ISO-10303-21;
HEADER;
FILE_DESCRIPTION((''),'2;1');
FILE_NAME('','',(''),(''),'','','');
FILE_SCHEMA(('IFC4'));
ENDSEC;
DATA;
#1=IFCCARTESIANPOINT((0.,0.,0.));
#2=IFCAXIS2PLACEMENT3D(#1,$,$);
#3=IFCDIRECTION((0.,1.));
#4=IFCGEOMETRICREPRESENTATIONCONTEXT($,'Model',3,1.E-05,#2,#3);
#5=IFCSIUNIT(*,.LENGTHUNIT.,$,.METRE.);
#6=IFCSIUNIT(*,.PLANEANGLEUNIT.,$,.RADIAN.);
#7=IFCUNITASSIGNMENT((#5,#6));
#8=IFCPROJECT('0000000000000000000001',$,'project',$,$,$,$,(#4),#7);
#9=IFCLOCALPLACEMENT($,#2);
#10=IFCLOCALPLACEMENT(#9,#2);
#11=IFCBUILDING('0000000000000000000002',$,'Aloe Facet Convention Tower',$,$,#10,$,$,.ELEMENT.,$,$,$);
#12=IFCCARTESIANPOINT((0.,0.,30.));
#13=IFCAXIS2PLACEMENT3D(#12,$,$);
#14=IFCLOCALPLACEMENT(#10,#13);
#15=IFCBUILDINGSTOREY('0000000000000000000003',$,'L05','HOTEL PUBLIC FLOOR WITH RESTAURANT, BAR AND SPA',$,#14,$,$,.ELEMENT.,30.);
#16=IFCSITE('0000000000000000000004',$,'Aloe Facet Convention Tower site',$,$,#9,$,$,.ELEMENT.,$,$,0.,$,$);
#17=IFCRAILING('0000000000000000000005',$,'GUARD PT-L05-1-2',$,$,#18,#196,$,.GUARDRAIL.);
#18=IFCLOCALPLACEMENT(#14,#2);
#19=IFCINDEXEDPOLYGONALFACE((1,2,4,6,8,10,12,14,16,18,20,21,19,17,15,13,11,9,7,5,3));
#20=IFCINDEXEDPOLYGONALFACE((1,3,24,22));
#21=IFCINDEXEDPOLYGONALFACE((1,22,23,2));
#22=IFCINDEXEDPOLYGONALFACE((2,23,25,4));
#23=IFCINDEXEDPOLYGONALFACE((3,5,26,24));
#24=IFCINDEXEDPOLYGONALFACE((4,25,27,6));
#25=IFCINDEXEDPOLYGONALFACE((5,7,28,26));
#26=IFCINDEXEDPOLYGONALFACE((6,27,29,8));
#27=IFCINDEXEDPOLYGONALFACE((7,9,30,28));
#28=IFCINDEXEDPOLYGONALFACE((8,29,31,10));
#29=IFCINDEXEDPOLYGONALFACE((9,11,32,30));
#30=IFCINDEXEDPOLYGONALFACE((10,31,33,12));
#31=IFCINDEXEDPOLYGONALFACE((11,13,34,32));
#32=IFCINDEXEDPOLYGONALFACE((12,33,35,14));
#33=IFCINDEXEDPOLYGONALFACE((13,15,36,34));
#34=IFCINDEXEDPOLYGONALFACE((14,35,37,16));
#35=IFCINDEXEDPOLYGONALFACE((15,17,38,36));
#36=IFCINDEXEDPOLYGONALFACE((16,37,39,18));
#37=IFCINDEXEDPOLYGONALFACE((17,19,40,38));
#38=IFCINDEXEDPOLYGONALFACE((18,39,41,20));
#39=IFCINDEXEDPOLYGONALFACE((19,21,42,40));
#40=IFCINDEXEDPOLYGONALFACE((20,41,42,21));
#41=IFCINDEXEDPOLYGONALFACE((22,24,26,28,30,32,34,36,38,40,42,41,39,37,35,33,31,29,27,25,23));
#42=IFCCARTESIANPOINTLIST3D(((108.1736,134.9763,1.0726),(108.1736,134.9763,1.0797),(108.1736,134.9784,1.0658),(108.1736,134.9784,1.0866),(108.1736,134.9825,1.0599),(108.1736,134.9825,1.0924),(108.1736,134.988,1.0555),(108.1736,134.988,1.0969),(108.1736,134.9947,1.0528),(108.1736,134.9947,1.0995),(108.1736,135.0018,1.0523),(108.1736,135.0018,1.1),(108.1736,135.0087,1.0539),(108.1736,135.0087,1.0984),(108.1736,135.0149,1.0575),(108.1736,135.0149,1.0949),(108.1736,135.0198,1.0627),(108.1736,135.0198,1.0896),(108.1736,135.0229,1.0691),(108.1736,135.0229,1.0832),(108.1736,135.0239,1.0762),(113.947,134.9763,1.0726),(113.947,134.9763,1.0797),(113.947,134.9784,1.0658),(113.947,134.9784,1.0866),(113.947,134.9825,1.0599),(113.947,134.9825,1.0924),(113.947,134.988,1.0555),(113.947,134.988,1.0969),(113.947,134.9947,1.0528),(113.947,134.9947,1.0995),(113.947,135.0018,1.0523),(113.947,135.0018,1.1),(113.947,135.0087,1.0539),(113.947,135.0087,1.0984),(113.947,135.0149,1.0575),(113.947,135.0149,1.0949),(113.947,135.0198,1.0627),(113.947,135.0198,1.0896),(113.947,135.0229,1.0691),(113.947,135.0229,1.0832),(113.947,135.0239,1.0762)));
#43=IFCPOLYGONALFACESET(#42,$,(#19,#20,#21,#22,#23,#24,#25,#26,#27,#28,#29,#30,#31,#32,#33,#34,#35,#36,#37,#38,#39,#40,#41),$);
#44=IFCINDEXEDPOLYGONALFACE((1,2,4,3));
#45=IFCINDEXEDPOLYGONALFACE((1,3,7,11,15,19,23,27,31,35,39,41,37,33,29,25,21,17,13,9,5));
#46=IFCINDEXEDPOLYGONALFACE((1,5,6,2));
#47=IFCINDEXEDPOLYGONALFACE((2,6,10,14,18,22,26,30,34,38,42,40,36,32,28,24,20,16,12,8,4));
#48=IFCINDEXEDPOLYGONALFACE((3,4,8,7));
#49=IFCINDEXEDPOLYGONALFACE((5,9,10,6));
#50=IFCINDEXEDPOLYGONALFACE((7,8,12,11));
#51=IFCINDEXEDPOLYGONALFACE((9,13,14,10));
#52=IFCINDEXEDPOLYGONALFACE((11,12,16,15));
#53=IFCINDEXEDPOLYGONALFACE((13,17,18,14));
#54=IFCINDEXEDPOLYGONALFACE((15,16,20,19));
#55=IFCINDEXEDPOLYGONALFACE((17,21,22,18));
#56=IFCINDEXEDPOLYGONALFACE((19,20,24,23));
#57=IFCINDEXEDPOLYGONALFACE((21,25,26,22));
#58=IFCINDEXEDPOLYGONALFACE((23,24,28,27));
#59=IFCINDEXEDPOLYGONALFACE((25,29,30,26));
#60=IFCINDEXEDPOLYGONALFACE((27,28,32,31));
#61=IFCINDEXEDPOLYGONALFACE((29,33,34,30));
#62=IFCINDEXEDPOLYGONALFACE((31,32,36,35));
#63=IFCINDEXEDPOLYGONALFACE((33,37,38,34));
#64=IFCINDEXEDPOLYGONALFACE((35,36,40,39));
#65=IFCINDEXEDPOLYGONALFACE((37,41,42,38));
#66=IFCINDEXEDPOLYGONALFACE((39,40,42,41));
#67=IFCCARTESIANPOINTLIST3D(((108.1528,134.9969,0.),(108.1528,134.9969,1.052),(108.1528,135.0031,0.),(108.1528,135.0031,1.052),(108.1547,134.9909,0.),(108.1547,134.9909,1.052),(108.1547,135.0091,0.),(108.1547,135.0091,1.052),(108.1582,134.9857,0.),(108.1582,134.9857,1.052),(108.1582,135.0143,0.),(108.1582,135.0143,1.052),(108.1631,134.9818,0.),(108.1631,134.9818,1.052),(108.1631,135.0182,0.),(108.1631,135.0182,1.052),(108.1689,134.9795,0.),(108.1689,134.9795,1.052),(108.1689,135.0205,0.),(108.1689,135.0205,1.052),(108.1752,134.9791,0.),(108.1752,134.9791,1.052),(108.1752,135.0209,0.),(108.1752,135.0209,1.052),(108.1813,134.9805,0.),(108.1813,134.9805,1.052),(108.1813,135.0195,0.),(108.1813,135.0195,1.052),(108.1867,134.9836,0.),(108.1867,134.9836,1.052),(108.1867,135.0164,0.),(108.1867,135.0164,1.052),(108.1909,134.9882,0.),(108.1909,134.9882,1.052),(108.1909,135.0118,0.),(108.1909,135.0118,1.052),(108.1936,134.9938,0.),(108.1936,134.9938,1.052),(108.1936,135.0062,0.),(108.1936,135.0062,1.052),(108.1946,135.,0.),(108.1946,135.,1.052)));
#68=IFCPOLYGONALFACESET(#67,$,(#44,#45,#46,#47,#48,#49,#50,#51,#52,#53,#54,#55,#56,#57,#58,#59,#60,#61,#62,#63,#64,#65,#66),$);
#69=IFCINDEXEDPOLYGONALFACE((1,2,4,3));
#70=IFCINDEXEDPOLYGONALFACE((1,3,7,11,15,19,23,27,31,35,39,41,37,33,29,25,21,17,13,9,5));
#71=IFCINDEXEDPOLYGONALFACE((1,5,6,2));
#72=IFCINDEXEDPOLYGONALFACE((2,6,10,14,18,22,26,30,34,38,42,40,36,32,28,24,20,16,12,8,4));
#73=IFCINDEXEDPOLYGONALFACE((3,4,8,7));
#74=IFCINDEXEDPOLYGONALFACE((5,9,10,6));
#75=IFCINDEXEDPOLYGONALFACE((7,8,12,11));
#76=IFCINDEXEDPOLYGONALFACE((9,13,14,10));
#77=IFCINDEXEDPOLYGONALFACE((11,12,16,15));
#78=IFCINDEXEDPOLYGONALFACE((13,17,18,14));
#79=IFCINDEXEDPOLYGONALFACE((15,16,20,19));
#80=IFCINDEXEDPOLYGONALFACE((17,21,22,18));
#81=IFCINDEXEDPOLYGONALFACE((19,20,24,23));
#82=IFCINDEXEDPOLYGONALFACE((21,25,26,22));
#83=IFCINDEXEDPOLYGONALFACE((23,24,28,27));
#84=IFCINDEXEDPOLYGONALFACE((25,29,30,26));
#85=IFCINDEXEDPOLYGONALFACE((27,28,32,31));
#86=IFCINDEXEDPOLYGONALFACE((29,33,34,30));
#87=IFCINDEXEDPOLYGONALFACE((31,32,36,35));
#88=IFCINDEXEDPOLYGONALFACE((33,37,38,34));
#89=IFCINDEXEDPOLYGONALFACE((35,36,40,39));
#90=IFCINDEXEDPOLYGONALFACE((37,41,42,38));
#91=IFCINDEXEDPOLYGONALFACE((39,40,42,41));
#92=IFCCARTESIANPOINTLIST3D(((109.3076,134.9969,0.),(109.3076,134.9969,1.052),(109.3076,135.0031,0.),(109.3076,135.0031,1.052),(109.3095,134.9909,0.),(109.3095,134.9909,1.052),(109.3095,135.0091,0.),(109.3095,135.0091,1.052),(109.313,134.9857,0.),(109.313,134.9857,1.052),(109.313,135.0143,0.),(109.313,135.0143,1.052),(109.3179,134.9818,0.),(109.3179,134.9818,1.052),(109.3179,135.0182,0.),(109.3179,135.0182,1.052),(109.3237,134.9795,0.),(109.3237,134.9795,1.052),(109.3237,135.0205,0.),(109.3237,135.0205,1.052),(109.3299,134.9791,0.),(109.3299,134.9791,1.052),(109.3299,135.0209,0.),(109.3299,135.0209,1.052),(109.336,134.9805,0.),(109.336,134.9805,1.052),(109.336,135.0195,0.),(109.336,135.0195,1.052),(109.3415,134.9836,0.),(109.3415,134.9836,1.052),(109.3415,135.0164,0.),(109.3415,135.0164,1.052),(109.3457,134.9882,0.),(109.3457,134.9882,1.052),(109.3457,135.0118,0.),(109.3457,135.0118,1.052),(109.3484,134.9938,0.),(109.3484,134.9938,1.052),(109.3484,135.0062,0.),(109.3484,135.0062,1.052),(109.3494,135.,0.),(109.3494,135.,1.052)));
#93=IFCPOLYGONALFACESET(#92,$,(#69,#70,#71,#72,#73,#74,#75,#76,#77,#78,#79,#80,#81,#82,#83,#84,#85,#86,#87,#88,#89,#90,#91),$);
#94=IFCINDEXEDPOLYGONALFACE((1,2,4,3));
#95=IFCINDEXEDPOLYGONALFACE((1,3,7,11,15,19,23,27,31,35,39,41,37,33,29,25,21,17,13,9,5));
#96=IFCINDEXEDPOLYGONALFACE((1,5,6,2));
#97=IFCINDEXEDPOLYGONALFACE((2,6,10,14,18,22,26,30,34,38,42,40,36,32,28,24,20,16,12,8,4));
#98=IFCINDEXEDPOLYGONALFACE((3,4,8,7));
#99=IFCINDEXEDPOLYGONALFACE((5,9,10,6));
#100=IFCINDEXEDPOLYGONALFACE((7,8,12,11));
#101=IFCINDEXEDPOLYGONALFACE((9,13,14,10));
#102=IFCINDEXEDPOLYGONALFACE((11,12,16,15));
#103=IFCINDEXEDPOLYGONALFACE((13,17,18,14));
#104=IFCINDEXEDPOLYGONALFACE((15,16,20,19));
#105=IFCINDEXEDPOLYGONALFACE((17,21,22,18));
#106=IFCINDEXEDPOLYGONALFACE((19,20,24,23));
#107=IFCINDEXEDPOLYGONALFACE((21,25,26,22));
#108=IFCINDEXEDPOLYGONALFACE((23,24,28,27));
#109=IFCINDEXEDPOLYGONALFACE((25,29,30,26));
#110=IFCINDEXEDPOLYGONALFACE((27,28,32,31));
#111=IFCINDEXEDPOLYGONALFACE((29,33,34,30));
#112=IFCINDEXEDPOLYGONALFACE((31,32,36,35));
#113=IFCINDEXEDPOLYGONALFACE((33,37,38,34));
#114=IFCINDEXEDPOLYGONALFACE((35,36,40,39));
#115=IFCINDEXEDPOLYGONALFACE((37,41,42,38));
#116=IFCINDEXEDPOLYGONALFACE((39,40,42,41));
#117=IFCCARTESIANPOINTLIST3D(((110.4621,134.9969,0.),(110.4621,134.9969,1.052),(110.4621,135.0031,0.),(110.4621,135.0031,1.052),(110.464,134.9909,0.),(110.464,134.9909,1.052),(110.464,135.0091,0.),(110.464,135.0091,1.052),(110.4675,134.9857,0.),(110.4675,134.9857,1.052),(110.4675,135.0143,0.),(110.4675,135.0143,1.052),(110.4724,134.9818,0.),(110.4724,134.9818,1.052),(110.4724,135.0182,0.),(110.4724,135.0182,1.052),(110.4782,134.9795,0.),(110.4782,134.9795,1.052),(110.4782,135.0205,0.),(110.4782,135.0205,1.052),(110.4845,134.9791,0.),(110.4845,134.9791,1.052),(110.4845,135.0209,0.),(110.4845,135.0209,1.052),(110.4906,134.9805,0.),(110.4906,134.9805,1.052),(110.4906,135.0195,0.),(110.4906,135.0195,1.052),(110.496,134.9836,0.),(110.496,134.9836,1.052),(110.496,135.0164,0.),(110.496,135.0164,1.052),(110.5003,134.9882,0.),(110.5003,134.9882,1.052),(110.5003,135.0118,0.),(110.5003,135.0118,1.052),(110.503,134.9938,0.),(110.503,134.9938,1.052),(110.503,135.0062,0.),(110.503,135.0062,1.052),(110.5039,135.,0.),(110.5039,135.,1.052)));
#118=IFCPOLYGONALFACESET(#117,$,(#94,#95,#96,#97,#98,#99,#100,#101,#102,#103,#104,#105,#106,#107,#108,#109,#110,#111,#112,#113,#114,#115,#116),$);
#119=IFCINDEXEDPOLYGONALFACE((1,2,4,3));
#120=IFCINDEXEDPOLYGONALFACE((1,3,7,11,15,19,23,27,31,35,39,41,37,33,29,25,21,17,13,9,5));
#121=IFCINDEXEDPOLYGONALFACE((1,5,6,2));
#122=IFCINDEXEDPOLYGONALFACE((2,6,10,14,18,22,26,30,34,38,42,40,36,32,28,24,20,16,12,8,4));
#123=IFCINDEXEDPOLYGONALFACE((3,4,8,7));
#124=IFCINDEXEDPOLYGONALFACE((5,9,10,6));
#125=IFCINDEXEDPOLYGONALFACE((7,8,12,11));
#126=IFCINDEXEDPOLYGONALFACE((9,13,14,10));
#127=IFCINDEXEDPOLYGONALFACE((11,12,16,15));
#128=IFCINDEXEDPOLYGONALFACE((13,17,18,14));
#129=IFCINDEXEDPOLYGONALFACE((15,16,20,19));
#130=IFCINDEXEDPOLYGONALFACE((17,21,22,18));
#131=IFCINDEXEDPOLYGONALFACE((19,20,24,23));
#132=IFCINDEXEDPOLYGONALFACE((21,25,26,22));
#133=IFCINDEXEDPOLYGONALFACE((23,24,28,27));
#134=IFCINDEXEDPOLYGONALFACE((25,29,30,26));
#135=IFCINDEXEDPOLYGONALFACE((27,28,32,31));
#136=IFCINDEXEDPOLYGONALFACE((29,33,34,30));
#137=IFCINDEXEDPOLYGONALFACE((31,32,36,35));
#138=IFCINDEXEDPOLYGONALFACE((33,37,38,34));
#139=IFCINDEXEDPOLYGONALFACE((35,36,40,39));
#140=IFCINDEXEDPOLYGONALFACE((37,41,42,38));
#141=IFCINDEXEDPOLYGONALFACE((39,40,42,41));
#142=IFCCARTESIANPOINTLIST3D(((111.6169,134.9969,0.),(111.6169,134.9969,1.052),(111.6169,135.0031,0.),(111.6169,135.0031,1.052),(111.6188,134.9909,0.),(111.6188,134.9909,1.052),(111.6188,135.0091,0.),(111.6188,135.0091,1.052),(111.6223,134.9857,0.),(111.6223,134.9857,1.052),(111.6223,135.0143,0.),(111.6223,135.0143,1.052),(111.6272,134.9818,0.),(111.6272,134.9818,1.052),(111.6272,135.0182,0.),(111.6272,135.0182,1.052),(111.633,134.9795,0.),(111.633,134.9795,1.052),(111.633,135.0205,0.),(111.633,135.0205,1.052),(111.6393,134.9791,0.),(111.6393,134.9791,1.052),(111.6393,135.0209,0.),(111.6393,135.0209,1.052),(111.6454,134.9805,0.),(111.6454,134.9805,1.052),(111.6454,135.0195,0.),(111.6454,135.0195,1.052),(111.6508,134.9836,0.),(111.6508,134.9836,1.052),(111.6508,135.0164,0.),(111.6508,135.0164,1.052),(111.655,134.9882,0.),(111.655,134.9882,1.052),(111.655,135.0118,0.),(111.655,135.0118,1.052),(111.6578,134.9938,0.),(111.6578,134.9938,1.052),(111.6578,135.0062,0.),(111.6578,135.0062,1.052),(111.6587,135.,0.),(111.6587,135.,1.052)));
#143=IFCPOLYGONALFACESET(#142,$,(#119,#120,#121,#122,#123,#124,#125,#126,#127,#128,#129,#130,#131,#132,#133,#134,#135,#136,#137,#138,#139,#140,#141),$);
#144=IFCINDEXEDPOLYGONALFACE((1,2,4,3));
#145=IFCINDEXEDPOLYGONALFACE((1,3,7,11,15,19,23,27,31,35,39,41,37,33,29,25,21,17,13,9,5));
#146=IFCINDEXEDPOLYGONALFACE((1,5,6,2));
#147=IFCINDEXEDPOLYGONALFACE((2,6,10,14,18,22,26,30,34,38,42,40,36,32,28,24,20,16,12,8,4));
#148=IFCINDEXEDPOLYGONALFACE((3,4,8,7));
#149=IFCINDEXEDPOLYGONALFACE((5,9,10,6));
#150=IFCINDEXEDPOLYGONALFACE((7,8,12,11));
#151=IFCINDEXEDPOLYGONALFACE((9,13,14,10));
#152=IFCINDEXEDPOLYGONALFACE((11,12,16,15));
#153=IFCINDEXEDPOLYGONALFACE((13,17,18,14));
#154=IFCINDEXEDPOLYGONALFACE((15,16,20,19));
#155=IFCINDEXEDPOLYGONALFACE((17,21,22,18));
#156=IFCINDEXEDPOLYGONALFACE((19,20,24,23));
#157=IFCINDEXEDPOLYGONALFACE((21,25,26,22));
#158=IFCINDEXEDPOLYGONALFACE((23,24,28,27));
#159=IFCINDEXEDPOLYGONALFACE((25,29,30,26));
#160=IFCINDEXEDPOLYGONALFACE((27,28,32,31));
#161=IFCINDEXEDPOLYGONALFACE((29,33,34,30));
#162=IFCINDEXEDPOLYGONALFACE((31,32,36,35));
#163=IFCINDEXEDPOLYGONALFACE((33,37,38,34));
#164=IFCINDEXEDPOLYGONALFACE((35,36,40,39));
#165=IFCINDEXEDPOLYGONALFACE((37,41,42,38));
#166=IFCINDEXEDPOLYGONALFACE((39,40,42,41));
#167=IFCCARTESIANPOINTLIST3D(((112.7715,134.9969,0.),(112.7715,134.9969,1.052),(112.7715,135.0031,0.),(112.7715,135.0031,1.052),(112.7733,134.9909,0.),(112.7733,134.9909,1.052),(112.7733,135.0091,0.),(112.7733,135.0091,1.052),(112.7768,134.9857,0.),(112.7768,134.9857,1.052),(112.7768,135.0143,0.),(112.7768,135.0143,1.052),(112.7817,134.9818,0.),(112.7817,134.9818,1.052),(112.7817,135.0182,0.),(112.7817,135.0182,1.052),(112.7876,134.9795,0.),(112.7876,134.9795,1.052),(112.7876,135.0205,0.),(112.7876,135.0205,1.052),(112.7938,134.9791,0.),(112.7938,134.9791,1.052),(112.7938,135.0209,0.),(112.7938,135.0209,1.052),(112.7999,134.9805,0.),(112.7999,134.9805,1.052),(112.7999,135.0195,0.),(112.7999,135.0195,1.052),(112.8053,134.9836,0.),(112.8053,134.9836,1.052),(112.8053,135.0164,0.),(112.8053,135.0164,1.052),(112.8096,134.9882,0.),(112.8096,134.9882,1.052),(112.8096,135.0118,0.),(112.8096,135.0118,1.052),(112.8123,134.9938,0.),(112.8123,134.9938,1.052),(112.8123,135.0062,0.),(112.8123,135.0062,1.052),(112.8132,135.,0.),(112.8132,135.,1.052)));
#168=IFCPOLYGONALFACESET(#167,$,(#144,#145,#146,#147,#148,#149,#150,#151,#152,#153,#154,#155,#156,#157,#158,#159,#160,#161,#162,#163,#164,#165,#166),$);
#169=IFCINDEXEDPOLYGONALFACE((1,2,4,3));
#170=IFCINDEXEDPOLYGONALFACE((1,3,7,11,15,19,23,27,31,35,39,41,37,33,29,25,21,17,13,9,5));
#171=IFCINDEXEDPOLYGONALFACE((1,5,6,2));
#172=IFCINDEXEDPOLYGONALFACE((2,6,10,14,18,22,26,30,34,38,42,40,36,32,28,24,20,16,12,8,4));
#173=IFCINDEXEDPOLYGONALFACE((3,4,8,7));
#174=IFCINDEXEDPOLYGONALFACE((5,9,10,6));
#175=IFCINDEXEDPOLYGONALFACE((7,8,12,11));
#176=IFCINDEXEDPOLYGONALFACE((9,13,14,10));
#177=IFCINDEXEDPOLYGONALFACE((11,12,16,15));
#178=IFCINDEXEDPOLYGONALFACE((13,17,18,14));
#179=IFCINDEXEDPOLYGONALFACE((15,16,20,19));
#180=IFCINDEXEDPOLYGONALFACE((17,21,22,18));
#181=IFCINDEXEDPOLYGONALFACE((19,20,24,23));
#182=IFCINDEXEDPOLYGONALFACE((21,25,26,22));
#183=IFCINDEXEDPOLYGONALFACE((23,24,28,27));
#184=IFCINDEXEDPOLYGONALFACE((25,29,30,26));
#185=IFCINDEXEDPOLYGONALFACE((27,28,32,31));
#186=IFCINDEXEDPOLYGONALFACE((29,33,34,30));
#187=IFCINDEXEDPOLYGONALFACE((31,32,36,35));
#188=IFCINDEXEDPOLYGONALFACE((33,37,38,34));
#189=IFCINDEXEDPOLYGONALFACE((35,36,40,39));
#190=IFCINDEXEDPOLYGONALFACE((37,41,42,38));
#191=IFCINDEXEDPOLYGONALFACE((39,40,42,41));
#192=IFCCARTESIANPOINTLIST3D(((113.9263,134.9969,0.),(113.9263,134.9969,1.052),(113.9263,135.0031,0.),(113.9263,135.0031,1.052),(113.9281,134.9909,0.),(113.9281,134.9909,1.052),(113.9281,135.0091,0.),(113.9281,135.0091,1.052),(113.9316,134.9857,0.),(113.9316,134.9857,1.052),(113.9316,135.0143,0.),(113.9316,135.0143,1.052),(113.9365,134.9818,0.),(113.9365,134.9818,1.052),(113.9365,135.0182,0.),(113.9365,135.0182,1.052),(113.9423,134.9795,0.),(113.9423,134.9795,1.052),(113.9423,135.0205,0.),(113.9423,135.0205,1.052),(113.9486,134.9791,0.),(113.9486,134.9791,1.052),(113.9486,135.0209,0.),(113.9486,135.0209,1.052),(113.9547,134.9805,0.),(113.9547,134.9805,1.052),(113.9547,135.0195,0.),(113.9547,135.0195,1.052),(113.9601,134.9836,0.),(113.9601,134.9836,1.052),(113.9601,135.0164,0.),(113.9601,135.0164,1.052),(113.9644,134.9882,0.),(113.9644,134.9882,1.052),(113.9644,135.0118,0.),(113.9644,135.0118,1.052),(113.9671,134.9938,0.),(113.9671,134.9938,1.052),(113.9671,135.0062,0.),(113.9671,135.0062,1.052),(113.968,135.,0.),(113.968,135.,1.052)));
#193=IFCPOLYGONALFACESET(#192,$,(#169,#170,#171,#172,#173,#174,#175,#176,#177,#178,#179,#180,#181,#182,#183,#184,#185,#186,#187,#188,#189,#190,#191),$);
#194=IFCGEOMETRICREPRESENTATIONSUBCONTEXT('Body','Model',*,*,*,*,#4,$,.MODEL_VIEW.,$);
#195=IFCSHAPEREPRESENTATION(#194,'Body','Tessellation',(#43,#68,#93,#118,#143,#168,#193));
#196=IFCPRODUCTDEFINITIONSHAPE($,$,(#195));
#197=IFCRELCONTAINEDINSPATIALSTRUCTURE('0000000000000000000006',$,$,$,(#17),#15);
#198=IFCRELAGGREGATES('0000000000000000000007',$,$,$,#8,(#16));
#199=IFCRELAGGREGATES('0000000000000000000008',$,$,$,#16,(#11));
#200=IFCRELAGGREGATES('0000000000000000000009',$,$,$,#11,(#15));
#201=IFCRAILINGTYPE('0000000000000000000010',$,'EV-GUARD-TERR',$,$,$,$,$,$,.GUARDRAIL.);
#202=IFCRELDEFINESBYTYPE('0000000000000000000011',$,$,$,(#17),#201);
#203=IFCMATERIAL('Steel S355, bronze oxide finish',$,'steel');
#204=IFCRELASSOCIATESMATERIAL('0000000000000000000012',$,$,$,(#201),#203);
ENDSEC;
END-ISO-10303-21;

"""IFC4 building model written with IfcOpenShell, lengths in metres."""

from ifc_helpers import new_model, si_unit, direction, frame, origin, origin_2d, place, context, subcontext, project, spatial, circle, extrude, material, type_object, element, save


model = new_model("IFC4")

# Units and contexts
model_context = context("Model", 3, precision=1e-05, world=origin(), true_north=direction((0.0, 1.0)))
body_context = subcontext(model_context, "Body", "Model", "MODEL_VIEW")
ifc_project = project(units=[si_unit("LENGTHUNIT", "METRE"), si_unit("PLANEANGLEUNIT", "RADIAN")], contexts=[model_context])

# Site, building, storey
site_placement = place(None, origin())
site = spatial("IfcSite", under=ifc_project, at=site_placement, Name="Aloe Facet Convention Tower site", CompositionType="ELEMENT", RefElevation=0.0)
building_placement = place(site_placement, origin())
building = spatial("IfcBuilding", under=site, at=building_placement, Name="Aloe Facet Convention Tower", CompositionType="ELEMENT")
storey_placement = place(building_placement, frame((0.0, 0.0, 30.0)))
storey = spatial("IfcBuildingStorey", under=building, at=storey_placement, Name="L05", Description="HOTEL PUBLIC FLOOR WITH RESTAURANT, BAR AND SPA", CompositionType="ELEMENT", Elevation=30.0)

# Railing
ifc_material_1 = material(Name="Steel S355, bronze oxide finish", Category="steel")
railing_type = type_object("IfcRailingType", Name="EV-GUARD-TERR", PredefinedType="GUARDRAIL", material=ifc_material_1)
railing_1_placement = place(storey_placement, frame((108.1736, 135.0, 0.0)))
element("IfcRailing", 1, at=railing_1_placement, inside=storey, type_object=railing_type, Name="GUARD PT-L05-1-2", PredefinedType="GUARDRAIL", context=body_context, shape_type="SweptSolid", body=[
    extrude(circle(Radius=0.0239, at=origin_2d()), frame((0.0, 0.0, 1.0762), z_axis=(1.0, 0.0, 0.0), x_axis=(0.0, 1.0, 0.0)), (0.0, 0.0, 1.0), 5.7734),
    extrude(circle(Radius=0.021, at=origin_2d()), origin(), (0.0, 0.0, 1.0), 1.052),
    extrude(circle(Radius=0.021, at=origin_2d()), frame((1.1548, 0.0, 0.0)), (0.0, 0.0, 1.0), 1.052),
    extrude(circle(Radius=0.021, at=origin_2d()), frame((2.3093, 0.0, 0.0)), (0.0, 0.0, 1.0), 1.052),
    extrude(circle(Radius=0.021, at=origin_2d()), frame((3.4641, 0.0, 0.0)), (0.0, 0.0, 1.0), 1.052),
    extrude(circle(Radius=0.021, at=origin_2d()), frame((4.6187, 0.0, 0.0)), (0.0, 0.0, 1.0), 1.052),
    extrude(circle(Radius=0.021, at=origin_2d()), frame((5.7734, 0.0, 0.0)), (0.0, 0.0, 1.0), 1.052),
])

save(model, "model.ifc")
